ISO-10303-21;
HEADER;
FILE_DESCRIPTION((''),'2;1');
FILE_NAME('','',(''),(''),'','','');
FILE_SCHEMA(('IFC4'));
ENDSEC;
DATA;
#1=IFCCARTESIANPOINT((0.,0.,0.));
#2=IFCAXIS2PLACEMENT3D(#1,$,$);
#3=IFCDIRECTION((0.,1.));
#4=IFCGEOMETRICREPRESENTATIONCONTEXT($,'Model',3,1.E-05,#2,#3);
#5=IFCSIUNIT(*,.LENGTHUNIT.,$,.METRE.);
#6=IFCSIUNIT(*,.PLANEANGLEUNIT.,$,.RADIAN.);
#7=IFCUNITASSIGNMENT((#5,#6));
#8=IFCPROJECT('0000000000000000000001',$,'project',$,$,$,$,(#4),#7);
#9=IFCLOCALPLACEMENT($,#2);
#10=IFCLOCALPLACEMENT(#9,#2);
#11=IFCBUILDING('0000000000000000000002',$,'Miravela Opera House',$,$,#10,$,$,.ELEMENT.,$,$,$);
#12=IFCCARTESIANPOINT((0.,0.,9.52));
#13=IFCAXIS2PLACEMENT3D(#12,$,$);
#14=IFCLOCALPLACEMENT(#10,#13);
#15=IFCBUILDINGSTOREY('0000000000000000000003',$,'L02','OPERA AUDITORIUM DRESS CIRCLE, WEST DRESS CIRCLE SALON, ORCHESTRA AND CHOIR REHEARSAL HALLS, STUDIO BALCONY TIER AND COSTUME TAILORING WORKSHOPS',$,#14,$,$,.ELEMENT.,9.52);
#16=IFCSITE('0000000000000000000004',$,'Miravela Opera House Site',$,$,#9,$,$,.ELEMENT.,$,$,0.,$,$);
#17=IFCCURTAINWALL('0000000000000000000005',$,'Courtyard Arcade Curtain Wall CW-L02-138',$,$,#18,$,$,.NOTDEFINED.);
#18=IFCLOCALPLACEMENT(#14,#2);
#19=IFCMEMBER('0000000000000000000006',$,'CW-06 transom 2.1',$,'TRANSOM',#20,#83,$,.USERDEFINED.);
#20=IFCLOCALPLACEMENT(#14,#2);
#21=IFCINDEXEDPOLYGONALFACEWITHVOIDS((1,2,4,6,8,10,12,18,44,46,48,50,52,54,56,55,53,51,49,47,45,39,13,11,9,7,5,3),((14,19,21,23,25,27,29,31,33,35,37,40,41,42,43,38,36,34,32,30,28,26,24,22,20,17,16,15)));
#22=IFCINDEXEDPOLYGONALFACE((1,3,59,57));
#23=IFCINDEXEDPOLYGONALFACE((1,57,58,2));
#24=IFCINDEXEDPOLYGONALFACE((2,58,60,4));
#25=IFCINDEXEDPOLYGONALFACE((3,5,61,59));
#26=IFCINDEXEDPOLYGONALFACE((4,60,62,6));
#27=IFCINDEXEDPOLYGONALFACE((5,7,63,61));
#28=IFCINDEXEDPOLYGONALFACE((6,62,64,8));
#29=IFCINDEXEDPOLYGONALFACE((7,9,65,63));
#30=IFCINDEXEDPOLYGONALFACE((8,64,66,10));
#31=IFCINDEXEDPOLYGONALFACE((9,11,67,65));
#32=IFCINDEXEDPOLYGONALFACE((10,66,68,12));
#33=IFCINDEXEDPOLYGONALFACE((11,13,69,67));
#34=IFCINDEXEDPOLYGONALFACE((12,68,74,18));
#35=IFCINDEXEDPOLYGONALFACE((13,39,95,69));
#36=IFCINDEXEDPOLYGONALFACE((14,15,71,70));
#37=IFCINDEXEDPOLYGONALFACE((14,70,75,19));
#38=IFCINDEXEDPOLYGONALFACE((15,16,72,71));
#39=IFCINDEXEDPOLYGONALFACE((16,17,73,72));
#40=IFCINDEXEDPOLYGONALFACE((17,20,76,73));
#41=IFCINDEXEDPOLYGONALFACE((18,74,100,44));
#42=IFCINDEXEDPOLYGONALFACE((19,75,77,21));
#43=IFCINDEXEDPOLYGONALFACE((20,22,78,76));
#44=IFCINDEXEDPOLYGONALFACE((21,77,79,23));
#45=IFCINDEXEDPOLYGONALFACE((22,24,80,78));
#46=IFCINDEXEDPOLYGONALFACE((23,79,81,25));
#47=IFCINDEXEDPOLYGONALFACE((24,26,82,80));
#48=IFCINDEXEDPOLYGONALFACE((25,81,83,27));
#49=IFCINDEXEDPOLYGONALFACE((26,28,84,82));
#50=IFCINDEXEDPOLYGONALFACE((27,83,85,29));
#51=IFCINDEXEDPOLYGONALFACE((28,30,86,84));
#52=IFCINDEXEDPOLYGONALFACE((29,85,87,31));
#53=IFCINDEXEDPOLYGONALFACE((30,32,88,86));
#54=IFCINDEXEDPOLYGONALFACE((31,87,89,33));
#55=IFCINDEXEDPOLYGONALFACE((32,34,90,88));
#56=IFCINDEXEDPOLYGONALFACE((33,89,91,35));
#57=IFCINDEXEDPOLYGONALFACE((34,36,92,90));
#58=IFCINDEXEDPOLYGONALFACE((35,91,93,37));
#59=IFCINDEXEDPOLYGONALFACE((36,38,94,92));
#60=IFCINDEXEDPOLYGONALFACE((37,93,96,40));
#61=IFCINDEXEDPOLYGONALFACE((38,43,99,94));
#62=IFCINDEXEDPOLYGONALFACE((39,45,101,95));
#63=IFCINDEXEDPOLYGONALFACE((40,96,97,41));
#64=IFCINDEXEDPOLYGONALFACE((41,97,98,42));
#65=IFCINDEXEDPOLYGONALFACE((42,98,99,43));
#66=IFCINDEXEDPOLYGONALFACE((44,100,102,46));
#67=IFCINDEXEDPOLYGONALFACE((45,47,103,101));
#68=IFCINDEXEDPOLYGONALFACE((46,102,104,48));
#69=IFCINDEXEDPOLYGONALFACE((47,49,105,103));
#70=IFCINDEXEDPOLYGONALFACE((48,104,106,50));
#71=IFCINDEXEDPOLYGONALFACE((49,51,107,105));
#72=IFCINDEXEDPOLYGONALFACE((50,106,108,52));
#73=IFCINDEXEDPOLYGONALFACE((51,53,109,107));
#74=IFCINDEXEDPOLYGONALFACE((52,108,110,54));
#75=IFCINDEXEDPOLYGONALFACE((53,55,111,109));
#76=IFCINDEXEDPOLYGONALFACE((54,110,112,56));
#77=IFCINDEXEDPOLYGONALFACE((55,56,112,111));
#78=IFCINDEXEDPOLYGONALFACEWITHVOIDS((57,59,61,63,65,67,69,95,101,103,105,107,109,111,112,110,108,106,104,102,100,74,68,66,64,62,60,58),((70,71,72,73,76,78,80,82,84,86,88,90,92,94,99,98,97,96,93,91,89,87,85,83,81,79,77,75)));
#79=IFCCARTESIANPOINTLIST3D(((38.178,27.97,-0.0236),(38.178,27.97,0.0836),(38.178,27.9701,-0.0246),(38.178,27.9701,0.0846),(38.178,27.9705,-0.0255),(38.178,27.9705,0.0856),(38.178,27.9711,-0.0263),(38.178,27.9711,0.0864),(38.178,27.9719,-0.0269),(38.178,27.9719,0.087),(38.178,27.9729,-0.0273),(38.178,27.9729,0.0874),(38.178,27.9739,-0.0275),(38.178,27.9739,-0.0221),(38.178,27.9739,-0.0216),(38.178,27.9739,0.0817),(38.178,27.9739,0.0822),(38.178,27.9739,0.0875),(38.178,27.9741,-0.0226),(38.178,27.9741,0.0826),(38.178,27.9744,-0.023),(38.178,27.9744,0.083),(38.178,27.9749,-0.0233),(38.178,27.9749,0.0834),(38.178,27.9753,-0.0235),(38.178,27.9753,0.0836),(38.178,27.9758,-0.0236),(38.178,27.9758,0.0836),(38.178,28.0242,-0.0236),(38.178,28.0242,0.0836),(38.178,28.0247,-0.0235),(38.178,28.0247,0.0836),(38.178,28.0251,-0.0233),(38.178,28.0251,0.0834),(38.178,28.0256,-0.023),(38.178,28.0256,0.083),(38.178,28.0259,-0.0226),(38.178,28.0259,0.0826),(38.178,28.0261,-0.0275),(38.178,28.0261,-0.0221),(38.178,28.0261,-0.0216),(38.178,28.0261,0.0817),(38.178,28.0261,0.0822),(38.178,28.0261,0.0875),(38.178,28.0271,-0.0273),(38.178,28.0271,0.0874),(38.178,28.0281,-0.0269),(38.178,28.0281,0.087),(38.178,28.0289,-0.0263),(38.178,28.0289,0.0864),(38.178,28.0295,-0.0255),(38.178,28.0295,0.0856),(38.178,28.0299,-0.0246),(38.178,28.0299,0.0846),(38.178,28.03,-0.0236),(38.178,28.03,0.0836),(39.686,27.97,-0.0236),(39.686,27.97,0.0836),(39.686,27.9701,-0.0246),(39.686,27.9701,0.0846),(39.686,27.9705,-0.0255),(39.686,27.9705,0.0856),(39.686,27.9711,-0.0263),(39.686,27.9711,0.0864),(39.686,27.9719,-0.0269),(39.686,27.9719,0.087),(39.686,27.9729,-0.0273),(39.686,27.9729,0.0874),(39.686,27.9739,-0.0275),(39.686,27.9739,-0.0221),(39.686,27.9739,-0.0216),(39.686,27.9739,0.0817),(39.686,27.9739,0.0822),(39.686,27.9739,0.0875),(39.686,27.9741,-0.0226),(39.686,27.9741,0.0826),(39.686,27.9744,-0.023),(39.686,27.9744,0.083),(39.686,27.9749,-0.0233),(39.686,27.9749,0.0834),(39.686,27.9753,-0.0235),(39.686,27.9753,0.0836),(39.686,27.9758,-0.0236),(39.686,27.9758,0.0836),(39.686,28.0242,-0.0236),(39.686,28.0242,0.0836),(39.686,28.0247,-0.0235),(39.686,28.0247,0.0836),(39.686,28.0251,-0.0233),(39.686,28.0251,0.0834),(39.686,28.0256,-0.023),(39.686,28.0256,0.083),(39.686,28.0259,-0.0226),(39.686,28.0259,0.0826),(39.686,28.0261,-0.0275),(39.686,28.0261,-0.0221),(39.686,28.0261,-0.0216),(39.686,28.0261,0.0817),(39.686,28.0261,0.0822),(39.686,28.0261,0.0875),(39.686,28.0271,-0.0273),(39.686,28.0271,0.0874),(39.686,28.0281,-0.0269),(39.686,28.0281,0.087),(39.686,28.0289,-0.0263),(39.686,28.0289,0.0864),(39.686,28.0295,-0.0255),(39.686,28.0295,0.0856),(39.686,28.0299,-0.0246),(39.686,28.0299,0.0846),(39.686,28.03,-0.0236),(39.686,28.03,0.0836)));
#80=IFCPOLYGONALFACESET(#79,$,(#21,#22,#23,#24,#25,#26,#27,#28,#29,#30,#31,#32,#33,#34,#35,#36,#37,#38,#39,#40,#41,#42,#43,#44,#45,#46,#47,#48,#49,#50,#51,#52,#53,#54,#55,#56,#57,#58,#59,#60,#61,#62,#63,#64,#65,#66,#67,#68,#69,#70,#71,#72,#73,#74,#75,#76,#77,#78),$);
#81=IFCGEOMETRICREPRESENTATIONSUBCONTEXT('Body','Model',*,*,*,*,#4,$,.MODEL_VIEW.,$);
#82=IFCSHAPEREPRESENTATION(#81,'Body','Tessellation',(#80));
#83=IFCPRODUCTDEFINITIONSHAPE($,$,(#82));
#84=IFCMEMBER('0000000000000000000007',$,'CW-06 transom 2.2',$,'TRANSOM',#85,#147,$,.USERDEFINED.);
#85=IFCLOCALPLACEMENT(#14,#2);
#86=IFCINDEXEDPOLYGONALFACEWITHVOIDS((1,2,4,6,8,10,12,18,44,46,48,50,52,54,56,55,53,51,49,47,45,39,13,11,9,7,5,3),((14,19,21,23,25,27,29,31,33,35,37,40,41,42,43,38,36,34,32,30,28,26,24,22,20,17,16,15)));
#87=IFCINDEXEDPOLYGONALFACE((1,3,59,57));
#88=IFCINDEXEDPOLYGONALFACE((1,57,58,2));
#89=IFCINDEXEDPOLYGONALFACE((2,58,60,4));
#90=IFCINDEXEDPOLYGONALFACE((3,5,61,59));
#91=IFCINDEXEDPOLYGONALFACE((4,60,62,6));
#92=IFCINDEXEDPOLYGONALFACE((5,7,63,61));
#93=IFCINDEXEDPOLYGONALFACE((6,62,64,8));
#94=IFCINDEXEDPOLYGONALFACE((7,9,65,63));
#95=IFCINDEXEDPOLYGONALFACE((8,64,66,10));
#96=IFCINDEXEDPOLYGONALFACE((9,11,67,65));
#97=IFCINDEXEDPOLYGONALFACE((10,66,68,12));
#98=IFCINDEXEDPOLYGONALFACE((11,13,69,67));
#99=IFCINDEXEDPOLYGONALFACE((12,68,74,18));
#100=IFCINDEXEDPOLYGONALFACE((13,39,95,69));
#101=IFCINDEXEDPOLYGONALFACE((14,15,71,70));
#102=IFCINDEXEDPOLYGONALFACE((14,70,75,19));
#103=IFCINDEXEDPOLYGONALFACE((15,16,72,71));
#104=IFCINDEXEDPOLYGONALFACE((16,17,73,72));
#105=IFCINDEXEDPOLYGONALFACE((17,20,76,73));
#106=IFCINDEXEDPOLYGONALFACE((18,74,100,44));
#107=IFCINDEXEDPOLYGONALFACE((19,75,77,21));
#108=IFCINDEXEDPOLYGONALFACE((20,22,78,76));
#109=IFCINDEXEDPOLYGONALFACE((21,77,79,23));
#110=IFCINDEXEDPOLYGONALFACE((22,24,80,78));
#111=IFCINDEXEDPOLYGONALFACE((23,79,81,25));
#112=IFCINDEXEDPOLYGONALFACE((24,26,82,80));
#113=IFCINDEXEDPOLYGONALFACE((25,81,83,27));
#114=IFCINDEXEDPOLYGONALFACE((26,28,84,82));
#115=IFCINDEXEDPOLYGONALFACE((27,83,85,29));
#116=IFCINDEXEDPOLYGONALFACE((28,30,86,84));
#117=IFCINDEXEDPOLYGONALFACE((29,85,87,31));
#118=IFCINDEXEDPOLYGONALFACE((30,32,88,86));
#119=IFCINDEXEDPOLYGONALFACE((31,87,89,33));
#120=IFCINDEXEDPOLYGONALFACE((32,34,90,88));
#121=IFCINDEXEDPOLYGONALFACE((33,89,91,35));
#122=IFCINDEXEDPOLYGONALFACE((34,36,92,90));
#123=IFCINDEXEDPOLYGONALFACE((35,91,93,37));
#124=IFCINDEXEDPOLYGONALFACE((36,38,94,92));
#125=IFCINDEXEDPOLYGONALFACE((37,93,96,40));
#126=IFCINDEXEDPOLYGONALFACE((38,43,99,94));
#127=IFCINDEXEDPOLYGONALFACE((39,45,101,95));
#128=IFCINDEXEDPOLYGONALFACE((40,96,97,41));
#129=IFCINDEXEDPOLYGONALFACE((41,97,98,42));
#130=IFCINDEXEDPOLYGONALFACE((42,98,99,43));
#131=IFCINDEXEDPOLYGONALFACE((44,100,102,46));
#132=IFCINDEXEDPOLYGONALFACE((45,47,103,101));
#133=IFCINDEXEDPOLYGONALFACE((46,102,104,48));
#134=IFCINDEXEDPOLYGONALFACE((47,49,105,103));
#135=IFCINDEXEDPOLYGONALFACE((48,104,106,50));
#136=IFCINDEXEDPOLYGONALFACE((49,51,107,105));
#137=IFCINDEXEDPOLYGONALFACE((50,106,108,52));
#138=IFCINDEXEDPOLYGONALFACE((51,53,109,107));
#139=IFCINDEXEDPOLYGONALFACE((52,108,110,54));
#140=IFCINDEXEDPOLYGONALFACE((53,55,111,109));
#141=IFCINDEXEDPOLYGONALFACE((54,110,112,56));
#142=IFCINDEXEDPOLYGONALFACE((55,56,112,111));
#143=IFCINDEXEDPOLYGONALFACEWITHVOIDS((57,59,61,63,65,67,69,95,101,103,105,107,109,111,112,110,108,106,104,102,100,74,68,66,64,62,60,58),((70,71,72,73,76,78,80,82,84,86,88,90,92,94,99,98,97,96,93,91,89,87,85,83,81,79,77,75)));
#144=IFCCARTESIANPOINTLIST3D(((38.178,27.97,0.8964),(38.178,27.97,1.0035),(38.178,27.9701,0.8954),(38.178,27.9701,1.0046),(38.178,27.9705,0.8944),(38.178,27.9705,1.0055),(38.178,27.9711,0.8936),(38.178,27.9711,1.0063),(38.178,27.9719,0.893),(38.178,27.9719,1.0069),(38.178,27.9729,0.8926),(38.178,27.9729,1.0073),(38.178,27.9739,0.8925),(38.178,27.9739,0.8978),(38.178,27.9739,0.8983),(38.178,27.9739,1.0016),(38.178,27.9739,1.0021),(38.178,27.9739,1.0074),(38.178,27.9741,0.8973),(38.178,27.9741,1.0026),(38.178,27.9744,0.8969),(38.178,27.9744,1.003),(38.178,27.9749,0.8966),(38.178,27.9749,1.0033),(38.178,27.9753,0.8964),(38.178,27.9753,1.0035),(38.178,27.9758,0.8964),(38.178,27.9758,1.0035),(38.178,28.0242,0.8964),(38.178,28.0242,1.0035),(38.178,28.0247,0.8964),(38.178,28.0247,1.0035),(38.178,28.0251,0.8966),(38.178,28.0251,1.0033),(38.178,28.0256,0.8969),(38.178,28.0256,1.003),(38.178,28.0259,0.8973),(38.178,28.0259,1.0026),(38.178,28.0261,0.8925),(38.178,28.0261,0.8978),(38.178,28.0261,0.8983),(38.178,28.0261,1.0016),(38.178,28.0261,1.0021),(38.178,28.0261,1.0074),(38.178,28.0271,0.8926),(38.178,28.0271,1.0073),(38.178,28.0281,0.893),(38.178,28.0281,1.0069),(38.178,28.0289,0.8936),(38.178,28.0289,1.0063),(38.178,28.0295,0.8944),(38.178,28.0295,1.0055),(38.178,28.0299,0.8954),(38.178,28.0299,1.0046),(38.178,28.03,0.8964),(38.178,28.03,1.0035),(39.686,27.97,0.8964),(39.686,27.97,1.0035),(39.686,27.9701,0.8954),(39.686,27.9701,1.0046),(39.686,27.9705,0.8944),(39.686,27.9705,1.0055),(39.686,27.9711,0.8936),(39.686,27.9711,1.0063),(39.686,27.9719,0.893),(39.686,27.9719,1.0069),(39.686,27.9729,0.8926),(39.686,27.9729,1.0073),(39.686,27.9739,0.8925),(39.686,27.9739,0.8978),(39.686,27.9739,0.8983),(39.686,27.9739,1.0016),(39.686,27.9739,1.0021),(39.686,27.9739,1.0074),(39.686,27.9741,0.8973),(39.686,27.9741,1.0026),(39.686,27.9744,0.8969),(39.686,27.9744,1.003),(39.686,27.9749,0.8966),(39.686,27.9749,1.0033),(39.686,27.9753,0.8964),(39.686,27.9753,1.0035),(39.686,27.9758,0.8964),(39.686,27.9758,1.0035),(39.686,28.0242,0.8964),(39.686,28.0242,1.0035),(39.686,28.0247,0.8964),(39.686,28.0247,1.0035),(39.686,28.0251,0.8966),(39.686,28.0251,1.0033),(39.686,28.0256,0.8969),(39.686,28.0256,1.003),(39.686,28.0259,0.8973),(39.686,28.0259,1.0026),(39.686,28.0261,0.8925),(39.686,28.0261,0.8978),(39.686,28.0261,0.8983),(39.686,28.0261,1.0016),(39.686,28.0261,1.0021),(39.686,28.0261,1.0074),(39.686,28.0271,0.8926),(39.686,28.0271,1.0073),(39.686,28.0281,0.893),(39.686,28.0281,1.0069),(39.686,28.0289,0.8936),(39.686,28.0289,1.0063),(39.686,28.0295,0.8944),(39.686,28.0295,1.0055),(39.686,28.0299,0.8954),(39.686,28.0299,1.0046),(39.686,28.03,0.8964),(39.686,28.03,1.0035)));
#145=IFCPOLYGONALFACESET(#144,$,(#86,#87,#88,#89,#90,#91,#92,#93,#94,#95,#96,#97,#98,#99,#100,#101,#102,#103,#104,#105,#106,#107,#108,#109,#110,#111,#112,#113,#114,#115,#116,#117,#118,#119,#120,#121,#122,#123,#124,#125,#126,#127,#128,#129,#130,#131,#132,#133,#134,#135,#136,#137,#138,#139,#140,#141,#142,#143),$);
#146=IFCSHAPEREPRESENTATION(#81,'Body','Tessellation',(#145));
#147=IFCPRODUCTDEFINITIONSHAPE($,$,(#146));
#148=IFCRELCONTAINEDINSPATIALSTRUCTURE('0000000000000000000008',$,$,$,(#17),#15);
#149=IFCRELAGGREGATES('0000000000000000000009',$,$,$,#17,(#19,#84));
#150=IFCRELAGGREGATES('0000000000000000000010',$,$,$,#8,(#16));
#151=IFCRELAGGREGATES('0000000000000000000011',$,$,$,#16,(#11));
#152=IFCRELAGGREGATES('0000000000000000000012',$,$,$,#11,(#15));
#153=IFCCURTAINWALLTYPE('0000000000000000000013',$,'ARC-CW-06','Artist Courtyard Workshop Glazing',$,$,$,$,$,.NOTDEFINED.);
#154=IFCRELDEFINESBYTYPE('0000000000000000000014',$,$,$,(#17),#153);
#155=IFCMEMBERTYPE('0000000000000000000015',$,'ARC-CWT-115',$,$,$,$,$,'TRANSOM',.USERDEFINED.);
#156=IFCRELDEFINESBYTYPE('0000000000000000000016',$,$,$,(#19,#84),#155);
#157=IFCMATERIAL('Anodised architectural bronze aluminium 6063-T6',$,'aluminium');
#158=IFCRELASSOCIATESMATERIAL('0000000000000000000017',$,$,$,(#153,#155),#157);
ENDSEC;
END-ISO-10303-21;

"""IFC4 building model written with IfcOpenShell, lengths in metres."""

from ifc_helpers import new_model, si_unit, direction, frame, origin, origin_2d, place, context, subcontext, project, spatial, hollow_rectangle, extrude, material, material_profile, profile_set, type_object, element, aggregate, save


model = new_model("IFC4")

# Units and contexts
model_context = context("Model", 3, precision=1e-05, world=origin(), true_north=direction((0.0, 1.0)))
body_context = subcontext(model_context, "Body", "Model", "MODEL_VIEW")
ifc_project = project(units=[si_unit("LENGTHUNIT", "METRE"), si_unit("PLANEANGLEUNIT", "RADIAN")], contexts=[model_context])

# Site, building, storey
site_placement = place(None, origin())
site = spatial("IfcSite", under=ifc_project, at=site_placement, Name="Miravela Opera House Site", CompositionType="ELEMENT", RefElevation=0.0)
building_placement = place(site_placement, origin())
building = spatial("IfcBuilding", under=site, at=building_placement, Name="Miravela Opera House", CompositionType="ELEMENT")
storey_placement = place(building_placement, frame((0.0, 0.0, 9.52)))
storey = spatial("IfcBuildingStorey", under=building, at=storey_placement, Name="L02", Description="OPERA AUDITORIUM DRESS CIRCLE, WEST DRESS CIRCLE SALON, ORCHESTRA AND CHOIR REHEARSAL HALLS, STUDIO BALCONY TIER AND COSTUME TAILORING WORKSHOPS", CompositionType="ELEMENT", Elevation=9.52)

# Shared definitions
ifc_material_1 = material(Name="Anodised architectural bronze aluminium 6063-T6", Category="aluminium")
curtain_wall_type = type_object("IfcCurtainWallType", Name="ARC-CW-06", Description="Artist Courtyard Workshop Glazing", PredefinedType="NOTDEFINED", material=ifc_material_1)

# Curtain wall, members
curtain_wall_1_placement = place(storey_placement, origin())
curtain_wall_1 = element("IfcCurtainWall", 1, at=curtain_wall_1_placement, inside=storey, type_object=curtain_wall_type, Name="Courtyard Arcade Curtain Wall CW-L02-138", PredefinedType="NOTDEFINED")
ifc_material_profile_1 = material_profile(ifc_material_1, hollow_rectangle(XDim=0.0601, YDim=0.115, WallThickness=0.0039, InnerFilletRadius=0.002, OuterFilletRadius=0.0039, at=origin_2d()), Name="CWT-60X115")
ifc_profile_set_1 = profile_set([ifc_material_profile_1])
member_type_1 = type_object("IfcMemberType", Name="ARC-CWT-115", ElementType="TRANSOM", PredefinedType="USERDEFINED", material=ifc_profile_set_1)
member_1_placement = place(storey_placement, frame((38.178, 28.0, 0.03), z_axis=(1.0, 0.0, 0.0), x_axis=(0.0, 1.0, 0.0)))
member_1 = element("IfcMember", 2, at=member_1_placement, type_object=member_type_1, Name="CW-06 transom 2.1", ObjectType="TRANSOM", PredefinedType="USERDEFINED", context=body_context, shape_type="SweptSolid", body=[
    extrude(hollow_rectangle(XDim=0.0601, YDim=0.115, WallThickness=0.0039, InnerFilletRadius=0.002, OuterFilletRadius=0.0039, at=origin_2d()), origin(), (0.0, 0.0, 1.0), 1.5081),
])
member_2_placement = place(storey_placement, frame((38.178, 28.0, 0.95), z_axis=(1.0, 0.0, 0.0), x_axis=(0.0, 1.0, 0.0)))
member_2 = element("IfcMember", 3, at=member_2_placement, type_object=member_type_1, Name="CW-06 transom 2.2", ObjectType="TRANSOM", PredefinedType="USERDEFINED", context=body_context, shape_type="SweptSolid", body=[
    extrude(hollow_rectangle(XDim=0.0601, YDim=0.115, WallThickness=0.0039, InnerFilletRadius=0.002, OuterFilletRadius=0.0039, at=origin_2d()), origin(), (0.0, 0.0, 1.0), 1.5081),
])

aggregate(curtain_wall_1, [member_1, member_2])

save(model, "model.ifc")
